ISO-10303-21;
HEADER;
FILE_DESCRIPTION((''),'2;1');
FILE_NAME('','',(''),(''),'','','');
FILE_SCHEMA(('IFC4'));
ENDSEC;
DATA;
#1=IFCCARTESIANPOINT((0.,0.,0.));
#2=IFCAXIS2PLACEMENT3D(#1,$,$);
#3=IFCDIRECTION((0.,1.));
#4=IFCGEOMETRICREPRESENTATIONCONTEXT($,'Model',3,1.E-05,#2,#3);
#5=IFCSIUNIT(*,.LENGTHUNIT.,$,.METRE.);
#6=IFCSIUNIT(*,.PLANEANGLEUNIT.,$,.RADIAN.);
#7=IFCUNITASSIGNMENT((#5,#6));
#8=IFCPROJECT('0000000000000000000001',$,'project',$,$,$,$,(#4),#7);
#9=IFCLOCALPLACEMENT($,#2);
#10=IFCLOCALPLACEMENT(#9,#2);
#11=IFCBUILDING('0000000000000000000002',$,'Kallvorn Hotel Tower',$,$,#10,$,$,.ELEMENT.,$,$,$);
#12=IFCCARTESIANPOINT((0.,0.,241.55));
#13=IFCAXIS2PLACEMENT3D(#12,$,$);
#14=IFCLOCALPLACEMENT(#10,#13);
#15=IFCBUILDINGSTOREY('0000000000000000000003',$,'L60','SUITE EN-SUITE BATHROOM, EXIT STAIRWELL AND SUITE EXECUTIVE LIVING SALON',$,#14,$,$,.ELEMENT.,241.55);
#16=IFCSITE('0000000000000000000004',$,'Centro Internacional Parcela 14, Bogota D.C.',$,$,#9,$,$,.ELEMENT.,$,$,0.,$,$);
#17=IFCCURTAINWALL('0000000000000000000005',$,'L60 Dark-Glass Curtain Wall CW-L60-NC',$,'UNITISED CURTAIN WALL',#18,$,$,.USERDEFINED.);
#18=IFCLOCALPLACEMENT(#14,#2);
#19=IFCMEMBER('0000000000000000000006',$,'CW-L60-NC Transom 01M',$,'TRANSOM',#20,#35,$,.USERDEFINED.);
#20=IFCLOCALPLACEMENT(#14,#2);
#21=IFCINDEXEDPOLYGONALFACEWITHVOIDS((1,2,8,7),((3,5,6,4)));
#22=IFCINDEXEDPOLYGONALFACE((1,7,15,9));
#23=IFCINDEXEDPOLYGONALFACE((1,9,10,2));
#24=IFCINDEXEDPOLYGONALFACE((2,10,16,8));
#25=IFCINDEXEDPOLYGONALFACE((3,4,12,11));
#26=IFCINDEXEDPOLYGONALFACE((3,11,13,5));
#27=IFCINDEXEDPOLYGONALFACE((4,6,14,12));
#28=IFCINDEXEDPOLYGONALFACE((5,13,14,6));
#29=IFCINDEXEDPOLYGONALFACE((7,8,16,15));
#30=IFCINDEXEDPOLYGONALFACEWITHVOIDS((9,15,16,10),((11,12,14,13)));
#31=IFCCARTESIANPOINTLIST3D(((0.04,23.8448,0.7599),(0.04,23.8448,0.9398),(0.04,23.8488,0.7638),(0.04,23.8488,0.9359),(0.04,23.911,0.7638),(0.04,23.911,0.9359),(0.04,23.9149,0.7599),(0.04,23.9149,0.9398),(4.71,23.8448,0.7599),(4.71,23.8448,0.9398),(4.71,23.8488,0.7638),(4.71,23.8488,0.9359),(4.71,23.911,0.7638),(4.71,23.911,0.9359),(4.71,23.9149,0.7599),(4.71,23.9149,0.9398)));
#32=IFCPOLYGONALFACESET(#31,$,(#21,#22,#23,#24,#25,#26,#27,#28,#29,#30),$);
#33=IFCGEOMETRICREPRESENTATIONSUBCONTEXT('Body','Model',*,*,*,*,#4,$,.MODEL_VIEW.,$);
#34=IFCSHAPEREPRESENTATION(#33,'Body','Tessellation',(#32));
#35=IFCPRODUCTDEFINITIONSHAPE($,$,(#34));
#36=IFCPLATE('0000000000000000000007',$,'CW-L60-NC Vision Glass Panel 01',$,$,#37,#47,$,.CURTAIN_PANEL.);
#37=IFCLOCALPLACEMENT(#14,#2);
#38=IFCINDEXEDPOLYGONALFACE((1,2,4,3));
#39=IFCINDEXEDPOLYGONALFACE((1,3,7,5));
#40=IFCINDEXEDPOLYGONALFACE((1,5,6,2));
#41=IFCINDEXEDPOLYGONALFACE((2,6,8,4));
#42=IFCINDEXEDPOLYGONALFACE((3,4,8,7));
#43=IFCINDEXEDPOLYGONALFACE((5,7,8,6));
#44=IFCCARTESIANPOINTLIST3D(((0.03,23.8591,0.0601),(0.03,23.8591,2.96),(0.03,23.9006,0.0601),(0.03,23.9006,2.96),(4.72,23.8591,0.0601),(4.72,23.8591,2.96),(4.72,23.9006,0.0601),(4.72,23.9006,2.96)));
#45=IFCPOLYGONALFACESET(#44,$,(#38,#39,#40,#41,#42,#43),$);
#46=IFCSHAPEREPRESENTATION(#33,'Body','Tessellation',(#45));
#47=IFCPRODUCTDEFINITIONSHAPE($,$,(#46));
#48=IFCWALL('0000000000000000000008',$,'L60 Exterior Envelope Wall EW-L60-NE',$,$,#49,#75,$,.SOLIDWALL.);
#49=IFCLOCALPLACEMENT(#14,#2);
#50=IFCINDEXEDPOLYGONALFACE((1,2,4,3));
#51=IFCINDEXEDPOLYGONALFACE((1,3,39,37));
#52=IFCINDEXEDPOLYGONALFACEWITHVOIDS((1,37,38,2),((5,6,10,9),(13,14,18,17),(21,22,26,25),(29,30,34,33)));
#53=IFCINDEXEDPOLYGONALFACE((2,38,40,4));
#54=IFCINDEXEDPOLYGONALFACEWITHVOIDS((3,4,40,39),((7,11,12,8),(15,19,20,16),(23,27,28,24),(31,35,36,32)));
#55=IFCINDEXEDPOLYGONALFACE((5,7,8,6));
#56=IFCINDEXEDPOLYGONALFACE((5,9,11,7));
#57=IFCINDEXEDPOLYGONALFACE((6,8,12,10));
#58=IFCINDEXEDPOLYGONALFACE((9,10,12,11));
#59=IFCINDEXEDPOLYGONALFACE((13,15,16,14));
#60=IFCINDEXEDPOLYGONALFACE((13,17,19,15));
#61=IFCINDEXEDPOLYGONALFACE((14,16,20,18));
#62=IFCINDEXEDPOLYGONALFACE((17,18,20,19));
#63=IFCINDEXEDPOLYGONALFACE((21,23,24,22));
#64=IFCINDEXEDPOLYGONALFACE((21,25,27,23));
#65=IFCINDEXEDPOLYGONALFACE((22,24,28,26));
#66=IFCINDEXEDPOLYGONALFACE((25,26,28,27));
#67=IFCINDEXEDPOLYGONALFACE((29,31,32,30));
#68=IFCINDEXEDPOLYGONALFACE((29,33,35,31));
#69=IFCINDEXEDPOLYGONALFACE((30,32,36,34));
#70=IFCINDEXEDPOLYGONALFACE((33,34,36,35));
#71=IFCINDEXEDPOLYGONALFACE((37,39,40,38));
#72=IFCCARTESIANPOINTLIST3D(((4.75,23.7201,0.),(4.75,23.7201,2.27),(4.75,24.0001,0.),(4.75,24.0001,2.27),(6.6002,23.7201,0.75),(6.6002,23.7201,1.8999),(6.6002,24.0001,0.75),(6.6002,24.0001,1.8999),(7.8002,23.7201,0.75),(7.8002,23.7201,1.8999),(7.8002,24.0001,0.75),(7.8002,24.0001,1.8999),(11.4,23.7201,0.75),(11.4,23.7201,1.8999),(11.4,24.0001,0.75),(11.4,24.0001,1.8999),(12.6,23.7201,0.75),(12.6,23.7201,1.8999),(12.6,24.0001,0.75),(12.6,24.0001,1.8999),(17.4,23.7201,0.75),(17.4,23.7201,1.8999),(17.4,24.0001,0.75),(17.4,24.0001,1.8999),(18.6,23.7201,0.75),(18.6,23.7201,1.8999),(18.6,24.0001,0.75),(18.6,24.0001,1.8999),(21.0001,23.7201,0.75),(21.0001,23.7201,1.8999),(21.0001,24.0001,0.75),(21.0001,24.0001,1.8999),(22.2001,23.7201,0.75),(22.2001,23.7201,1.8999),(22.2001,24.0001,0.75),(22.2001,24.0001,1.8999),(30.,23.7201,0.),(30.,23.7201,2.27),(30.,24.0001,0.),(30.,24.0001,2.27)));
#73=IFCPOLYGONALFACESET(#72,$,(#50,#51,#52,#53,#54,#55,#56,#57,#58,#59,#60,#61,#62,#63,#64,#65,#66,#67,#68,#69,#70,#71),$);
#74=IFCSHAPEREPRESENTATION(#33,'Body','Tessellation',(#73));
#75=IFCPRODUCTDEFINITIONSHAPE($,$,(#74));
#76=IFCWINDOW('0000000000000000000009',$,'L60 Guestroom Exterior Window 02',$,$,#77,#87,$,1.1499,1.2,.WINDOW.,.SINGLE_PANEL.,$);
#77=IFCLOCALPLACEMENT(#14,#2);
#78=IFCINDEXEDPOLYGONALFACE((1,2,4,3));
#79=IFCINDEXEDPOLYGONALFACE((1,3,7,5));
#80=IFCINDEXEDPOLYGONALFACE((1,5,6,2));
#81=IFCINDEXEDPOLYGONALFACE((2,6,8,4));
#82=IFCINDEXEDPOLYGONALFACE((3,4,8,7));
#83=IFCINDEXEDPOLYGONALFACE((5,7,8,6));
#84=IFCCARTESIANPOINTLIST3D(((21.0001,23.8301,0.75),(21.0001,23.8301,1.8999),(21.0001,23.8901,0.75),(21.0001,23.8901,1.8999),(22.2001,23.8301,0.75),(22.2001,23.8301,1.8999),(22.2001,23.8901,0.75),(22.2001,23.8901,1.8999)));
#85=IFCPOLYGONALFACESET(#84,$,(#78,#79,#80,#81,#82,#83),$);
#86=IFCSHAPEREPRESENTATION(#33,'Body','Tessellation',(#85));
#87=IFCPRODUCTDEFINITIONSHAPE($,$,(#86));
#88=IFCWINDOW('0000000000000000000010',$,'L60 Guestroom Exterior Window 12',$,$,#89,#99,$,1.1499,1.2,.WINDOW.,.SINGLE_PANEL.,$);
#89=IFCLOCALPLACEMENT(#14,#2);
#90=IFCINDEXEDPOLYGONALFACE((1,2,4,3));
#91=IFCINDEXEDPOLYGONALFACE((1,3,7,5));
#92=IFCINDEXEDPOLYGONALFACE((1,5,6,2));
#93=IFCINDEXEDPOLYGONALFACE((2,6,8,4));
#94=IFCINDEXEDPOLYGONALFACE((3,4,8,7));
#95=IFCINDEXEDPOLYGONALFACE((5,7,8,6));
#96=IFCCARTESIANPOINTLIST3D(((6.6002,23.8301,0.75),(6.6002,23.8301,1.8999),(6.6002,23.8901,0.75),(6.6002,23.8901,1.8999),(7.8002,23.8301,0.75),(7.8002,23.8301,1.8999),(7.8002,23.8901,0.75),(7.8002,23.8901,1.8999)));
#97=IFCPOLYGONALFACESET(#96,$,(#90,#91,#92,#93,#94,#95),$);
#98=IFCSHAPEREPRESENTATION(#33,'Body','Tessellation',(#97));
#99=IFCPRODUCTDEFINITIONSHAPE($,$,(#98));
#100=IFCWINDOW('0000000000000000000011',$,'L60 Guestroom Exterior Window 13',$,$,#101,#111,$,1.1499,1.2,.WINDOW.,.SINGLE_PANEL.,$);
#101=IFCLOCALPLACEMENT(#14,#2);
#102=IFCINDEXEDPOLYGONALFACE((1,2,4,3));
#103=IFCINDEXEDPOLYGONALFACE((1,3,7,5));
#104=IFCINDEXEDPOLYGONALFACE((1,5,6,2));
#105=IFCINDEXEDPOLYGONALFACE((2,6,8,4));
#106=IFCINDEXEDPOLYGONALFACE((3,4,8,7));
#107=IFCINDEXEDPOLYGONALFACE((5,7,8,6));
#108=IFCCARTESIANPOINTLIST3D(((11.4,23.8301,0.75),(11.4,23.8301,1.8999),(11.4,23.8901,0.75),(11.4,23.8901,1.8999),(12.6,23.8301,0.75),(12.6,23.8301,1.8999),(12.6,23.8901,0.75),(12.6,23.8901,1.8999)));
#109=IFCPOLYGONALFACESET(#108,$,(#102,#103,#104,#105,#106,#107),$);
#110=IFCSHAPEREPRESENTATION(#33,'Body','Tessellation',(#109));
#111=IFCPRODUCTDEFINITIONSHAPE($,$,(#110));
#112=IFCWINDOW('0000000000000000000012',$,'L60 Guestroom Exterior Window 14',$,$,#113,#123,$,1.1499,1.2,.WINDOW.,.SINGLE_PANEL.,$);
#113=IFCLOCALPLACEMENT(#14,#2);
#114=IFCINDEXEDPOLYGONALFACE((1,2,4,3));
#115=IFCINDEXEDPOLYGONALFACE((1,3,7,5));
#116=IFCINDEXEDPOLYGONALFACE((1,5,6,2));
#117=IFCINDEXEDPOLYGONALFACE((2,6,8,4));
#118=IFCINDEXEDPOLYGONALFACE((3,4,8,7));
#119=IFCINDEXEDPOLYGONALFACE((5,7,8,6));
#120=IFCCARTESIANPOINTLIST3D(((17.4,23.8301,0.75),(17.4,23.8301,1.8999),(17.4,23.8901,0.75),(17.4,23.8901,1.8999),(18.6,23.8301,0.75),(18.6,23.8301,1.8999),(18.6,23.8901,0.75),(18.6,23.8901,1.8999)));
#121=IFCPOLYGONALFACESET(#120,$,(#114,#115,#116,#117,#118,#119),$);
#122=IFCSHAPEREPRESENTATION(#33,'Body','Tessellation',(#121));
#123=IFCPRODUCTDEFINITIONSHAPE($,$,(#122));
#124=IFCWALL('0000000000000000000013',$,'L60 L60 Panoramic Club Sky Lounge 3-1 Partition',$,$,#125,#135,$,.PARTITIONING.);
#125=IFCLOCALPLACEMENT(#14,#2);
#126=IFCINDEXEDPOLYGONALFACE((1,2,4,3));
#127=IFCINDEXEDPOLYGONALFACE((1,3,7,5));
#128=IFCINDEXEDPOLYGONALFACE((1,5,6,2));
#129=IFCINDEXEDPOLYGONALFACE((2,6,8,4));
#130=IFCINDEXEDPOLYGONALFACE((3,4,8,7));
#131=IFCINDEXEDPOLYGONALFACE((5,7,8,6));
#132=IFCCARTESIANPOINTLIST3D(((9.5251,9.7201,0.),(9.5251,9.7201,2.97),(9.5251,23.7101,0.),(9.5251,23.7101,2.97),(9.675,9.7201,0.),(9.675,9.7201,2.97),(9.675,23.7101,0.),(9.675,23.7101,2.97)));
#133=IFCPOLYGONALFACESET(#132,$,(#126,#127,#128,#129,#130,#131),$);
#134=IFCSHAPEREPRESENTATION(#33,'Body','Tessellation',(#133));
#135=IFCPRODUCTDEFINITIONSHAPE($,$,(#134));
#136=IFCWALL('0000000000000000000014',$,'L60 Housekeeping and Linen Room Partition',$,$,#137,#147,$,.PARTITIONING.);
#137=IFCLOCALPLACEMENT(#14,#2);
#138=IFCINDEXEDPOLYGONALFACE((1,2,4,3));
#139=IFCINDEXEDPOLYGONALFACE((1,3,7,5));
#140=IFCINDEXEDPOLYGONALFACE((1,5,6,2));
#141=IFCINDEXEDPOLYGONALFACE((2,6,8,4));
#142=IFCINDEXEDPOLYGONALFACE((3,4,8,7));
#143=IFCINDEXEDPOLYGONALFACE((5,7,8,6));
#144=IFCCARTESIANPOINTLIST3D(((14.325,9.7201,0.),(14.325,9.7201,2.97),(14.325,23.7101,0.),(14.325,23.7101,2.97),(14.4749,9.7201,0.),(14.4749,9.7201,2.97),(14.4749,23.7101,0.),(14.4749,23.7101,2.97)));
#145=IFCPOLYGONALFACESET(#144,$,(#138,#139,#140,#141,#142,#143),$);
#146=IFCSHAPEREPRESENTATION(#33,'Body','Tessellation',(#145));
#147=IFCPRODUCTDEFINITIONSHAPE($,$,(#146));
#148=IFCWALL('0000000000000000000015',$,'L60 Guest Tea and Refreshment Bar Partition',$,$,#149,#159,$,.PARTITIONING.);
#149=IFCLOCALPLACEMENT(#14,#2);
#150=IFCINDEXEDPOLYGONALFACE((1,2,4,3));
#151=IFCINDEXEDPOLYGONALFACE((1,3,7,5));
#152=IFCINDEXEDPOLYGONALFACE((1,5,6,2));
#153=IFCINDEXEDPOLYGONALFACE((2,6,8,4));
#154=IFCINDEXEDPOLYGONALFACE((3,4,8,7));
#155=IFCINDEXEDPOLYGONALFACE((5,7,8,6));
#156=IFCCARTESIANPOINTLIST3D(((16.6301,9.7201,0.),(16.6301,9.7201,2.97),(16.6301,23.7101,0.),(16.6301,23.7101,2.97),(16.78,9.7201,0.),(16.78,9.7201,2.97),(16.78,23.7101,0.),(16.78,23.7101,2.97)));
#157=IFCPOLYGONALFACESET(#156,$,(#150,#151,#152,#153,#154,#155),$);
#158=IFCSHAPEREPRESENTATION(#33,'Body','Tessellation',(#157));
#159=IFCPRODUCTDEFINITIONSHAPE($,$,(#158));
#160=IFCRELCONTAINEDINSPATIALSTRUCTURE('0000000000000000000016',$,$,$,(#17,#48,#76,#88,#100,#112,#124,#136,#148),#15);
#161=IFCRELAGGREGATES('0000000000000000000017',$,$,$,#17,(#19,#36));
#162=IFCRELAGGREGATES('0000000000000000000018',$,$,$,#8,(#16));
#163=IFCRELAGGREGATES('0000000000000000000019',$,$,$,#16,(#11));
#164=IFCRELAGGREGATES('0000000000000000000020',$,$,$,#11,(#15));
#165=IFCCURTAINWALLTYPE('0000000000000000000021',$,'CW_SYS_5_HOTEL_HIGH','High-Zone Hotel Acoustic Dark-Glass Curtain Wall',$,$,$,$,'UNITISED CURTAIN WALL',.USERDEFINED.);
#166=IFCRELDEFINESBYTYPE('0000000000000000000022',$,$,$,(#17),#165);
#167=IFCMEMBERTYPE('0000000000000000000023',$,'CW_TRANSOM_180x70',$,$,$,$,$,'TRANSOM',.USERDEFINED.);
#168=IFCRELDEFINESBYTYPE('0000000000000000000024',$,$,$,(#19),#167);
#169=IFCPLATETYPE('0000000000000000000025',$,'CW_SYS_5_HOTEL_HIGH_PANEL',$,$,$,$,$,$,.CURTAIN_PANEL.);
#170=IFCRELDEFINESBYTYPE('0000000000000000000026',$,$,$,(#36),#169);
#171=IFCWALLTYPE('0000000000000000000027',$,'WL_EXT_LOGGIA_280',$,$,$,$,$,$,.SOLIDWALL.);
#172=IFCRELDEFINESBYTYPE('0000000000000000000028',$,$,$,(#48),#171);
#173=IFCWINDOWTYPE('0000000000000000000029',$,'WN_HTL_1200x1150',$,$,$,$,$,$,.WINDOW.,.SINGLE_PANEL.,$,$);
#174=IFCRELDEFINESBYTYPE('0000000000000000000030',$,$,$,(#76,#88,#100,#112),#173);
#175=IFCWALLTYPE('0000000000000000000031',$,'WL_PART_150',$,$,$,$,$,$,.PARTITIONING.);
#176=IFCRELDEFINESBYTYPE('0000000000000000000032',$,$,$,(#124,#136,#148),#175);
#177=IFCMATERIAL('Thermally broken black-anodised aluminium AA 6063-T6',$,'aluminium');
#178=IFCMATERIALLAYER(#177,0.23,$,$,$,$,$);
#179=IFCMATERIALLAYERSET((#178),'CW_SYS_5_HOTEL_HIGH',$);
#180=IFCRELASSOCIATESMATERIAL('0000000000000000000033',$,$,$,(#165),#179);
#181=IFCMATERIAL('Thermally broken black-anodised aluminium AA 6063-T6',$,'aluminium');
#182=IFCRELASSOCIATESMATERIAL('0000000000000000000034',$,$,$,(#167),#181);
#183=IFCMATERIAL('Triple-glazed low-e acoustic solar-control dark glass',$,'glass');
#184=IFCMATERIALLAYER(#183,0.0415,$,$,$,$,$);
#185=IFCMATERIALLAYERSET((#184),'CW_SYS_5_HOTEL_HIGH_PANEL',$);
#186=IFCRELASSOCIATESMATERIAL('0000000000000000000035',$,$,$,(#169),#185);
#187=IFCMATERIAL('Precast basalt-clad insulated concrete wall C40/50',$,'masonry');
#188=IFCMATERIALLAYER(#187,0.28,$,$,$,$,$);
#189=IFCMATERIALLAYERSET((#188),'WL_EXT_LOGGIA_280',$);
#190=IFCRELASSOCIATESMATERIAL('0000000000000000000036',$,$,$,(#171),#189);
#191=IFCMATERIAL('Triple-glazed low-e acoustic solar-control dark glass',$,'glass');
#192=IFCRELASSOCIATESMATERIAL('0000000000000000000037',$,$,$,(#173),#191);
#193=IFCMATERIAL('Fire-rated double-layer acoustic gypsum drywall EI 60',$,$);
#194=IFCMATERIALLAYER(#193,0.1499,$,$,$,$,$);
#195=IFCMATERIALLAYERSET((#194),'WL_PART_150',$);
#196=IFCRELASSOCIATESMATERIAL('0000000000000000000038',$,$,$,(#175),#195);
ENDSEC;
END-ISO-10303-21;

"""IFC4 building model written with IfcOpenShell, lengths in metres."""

from ifc_helpers import new_model, si_unit, direction, frame, frame_2d, origin, origin_2d, place, context, subcontext, project, spatial, rectangle, hollow_rectangle, extrude, material, layer, layer_set, material_profile, profile_set, type_object, element, fill, aggregate, save


model = new_model("IFC4")

# Units and contexts
model_context = context("Model", 3, precision=1e-05, world=origin(), true_north=direction((0.0, 1.0)))
body_context = subcontext(model_context, "Body", "Model", "MODEL_VIEW")
ifc_project = project(units=[si_unit("LENGTHUNIT", "METRE"), si_unit("PLANEANGLEUNIT", "RADIAN")], contexts=[model_context])

# Site, building, storey
site_placement = place(None, origin())
site = spatial("IfcSite", under=ifc_project, at=site_placement, Name="Centro Internacional Parcela 14, Bogota D.C.", CompositionType="ELEMENT", RefElevation=0.0)
building_placement = place(site_placement, origin())
building = spatial("IfcBuilding", under=site, at=building_placement, Name="Kallvorn Hotel Tower", CompositionType="ELEMENT")
storey_placement = place(building_placement, frame((0.0, 0.0, 241.55)))
storey = spatial("IfcBuildingStorey", under=building, at=storey_placement, Name="L60", Description="SUITE EN-SUITE BATHROOM, EXIT STAIRWELL AND SUITE EXECUTIVE LIVING SALON", CompositionType="ELEMENT", Elevation=241.55)

# Curtain wall, member, plate
ifc_material_1 = material(Name="Thermally broken black-anodised aluminium AA 6063-T6", Category="aluminium")
ifc_layer_1 = layer(ifc_material_1, 0.23)
ifc_layer_set_1 = layer_set([ifc_layer_1], Name="CW_SYS_5_HOTEL_HIGH")
curtain_wall_type = type_object("IfcCurtainWallType", Name="CW_SYS_5_HOTEL_HIGH", Description="High-Zone Hotel Acoustic Dark-Glass Curtain Wall", ElementType="UNITISED CURTAIN WALL", PredefinedType="USERDEFINED", material=ifc_layer_set_1)
curtain_wall_placement = place(storey_placement, origin())
curtain_wall = element("IfcCurtainWall", 1, at=curtain_wall_placement, inside=storey, type_object=curtain_wall_type, Name="L60 Dark-Glass Curtain Wall CW-L60-NC", ObjectType="UNITISED CURTAIN WALL", PredefinedType="USERDEFINED")
ifc_material_2 = material(Name="Thermally broken black-anodised aluminium AA 6063-T6", Category="aluminium")
ifc_material_profile_1 = material_profile(ifc_material_2, hollow_rectangle(XDim=0.0701, YDim=0.1799, WallThickness=0.0039, at=origin_2d()), Name="TRN 180x70")
ifc_profile_set_1 = profile_set([ifc_material_profile_1], Name="Thermally broken black-anodised aluminium AA 6063-T6")
member_type_1 = type_object("IfcMemberType", Name="CW_TRANSOM_180x70", ElementType="TRANSOM", PredefinedType="USERDEFINED", material=ifc_profile_set_1)
member_1_placement = place(storey_placement, frame((0.04, 23.8799, 0.8499), z_axis=(1.0, 0.0, 0.0), x_axis=(0.0, 1.0, 0.0)))
member_1 = element("IfcMember", 2, at=member_1_placement, type_object=member_type_1, Name="CW-L60-NC Transom 01M", ObjectType="TRANSOM", PredefinedType="USERDEFINED", context=body_context, shape_type="SweptSolid", body=[
    extrude(hollow_rectangle(XDim=0.0701, YDim=0.1799, WallThickness=0.0039, at=origin_2d()), origin(), (0.0, 0.0, 1.0), 4.6699),
])
ifc_material_3 = material(Name="Triple-glazed low-e acoustic solar-control dark glass", Category="glass")
ifc_layer_2 = layer(ifc_material_3, 0.0415)
ifc_layer_set_2 = layer_set([ifc_layer_2], Name="CW_SYS_5_HOTEL_HIGH_PANEL")
plate_type = type_object("IfcPlateType", Name="CW_SYS_5_HOTEL_HIGH_PANEL", PredefinedType="CURTAIN_PANEL", material=ifc_layer_set_2)
plate_placement = place(storey_placement, frame((2.375, 23.8799, 0.0601), z_axis=(0.0, 0.0, 1.0), x_axis=(1.0, 0.0, 0.0)))
plate = element("IfcPlate", 3, at=plate_placement, type_object=plate_type, Name="CW-L60-NC Vision Glass Panel 01", PredefinedType="CURTAIN_PANEL", context=body_context, shape_type="SweptSolid", body=[
    extrude(rectangle(XDim=4.6899, YDim=0.0415, at=origin_2d()), origin(), (0.0, 0.0, 1.0), 2.8999),
])
aggregate(curtain_wall, [member_1, plate])

# Wall, openings, windows
ifc_material_4 = material(Name="Precast basalt-clad insulated concrete wall C40/50", Category="masonry")
ifc_layer_3 = layer(ifc_material_4, 0.28)
ifc_layer_set_3 = layer_set([ifc_layer_3], Name="WL_EXT_LOGGIA_280")
wall_type_1 = type_object("IfcWallType", Name="WL_EXT_LOGGIA_280", PredefinedType="SOLIDWALL", material=ifc_layer_set_3)
wall_placement = place(storey_placement, frame((4.75, 23.8601, 0.0), z_axis=(0.0, 0.0, 1.0), x_axis=(1.0, 0.0, 0.0)))
wall = element("IfcWall", 4, at=wall_placement, inside=storey, type_object=wall_type_1, Name="L60 Exterior Envelope Wall EW-L60-NE", PredefinedType="SOLIDWALL", context=body_context, shape_type="SweptSolid", body=[
    extrude(rectangle(XDim=25.25, YDim=0.28, at=frame_2d((12.625, 0.0))), origin(), (0.0, 0.0, 1.0), 2.27),
])
opening_1_placement = place(wall_placement, frame((16.25, 0.0, 0.75)))
opening_1 = element("IfcOpeningElement", 5, at=opening_1_placement, cuts=wall, PredefinedType="OPENING", context=body_context, shape_type="SweptSolid", body=[
    extrude(rectangle(XDim=1.2, YDim=1.1499, at=frame_2d((0.6001, 0.575))), frame((0.0, 0.155, 0.0), z_axis=(0.0, -1.0, 0.0), x_axis=(1.0, 0.0, 0.0)), (0.0, 0.0, 1.0), 0.3101),
])
opening_2_placement = place(wall_placement, frame((1.8501, 0.0, 0.75)))
opening_2 = element("IfcOpeningElement", 6, at=opening_2_placement, cuts=wall, PredefinedType="OPENING", context=body_context, shape_type="SweptSolid", body=[
    extrude(rectangle(XDim=1.2, YDim=1.1499, at=frame_2d((0.6001, 0.575))), frame((0.0, 0.155, 0.0), z_axis=(0.0, -1.0, 0.0), x_axis=(1.0, 0.0, 0.0)), (0.0, 0.0, 1.0), 0.3101),
])
opening_3_placement = place(wall_placement, frame((6.6499, 0.0, 0.75)))
opening_3 = element("IfcOpeningElement", 7, at=opening_3_placement, cuts=wall, PredefinedType="OPENING", context=body_context, shape_type="SweptSolid", body=[
    extrude(rectangle(XDim=1.2, YDim=1.1499, at=frame_2d((0.6001, 0.575))), frame((0.0, 0.155, 0.0), z_axis=(0.0, -1.0, 0.0), x_axis=(1.0, 0.0, 0.0)), (0.0, 0.0, 1.0), 0.3101),
])
opening_4_placement = place(wall_placement, frame((12.6499, 0.0, 0.75)))
opening_4 = element("IfcOpeningElement", 8, at=opening_4_placement, cuts=wall, PredefinedType="OPENING", context=body_context, shape_type="SweptSolid", body=[
    extrude(rectangle(XDim=1.2, YDim=1.1499, at=frame_2d((0.6001, 0.575))), frame((0.0, 0.155, 0.0), z_axis=(0.0, -1.0, 0.0), x_axis=(1.0, 0.0, 0.0)), (0.0, 0.0, 1.0), 0.3101),
])
ifc_material_5 = material(Name="Triple-glazed low-e acoustic solar-control dark glass", Category="glass")
window_type = type_object("IfcWindowType", Name="WN_HTL_1200x1150", PartitioningType="SINGLE_PANEL", PredefinedType="WINDOW", material=ifc_material_5)
window_1_placement = place(opening_1_placement, origin())
window_1 = element("IfcWindow", 9, at=window_1_placement, inside=storey, type_object=window_type, Name="L60 Guestroom Exterior Window 02", OverallHeight=1.1499, OverallWidth=1.2, PartitioningType="SINGLE_PANEL", PredefinedType="WINDOW", context=body_context, shape_type="SweptSolid", body=[
    extrude(rectangle(XDim=1.2, YDim=1.1499, at=frame_2d((0.6001, 0.575))), frame((0.0, 0.03, 0.0), z_axis=(0.0, -1.0, 0.0), x_axis=(1.0, 0.0, 0.0)), (0.0, 0.0, 1.0), 0.0601),
])
fill(opening_1, window_1)
window_2_placement = place(opening_2_placement, origin())
window_2 = element("IfcWindow", 10, at=window_2_placement, inside=storey, type_object=window_type, Name="L60 Guestroom Exterior Window 12", OverallHeight=1.1499, OverallWidth=1.2, PartitioningType="SINGLE_PANEL", PredefinedType="WINDOW", context=body_context, shape_type="SweptSolid", body=[
    extrude(rectangle(XDim=1.2, YDim=1.1499, at=frame_2d((0.6001, 0.575))), frame((0.0, 0.03, 0.0), z_axis=(0.0, -1.0, 0.0), x_axis=(1.0, 0.0, 0.0)), (0.0, 0.0, 1.0), 0.0601),
])
fill(opening_2, window_2)
window_3_placement = place(opening_3_placement, origin())
window_3 = element("IfcWindow", 11, at=window_3_placement, inside=storey, type_object=window_type, Name="L60 Guestroom Exterior Window 13", OverallHeight=1.1499, OverallWidth=1.2, PartitioningType="SINGLE_PANEL", PredefinedType="WINDOW", context=body_context, shape_type="SweptSolid", body=[
    extrude(rectangle(XDim=1.2, YDim=1.1499, at=frame_2d((0.6001, 0.575))), frame((0.0, 0.03, 0.0), z_axis=(0.0, -1.0, 0.0), x_axis=(1.0, 0.0, 0.0)), (0.0, 0.0, 1.0), 0.0601),
])
fill(opening_3, window_3)
window_4_placement = place(opening_4_placement, origin())
window_4 = element("IfcWindow", 12, at=window_4_placement, inside=storey, type_object=window_type, Name="L60 Guestroom Exterior Window 14", OverallHeight=1.1499, OverallWidth=1.2, PartitioningType="SINGLE_PANEL", PredefinedType="WINDOW", context=body_context, shape_type="SweptSolid", body=[
    extrude(rectangle(XDim=1.2, YDim=1.1499, at=frame_2d((0.6001, 0.575))), frame((0.0, 0.03, 0.0), z_axis=(0.0, -1.0, 0.0), x_axis=(1.0, 0.0, 0.0)), (0.0, 0.0, 1.0), 0.0601),
])
fill(opening_4, window_4)

# Walls
ifc_material_6 = material(Name="Fire-rated double-layer acoustic gypsum drywall EI 60")
ifc_layer_4 = layer(ifc_material_6, 0.1499)
ifc_layer_set_4 = layer_set([ifc_layer_4], Name="WL_PART_150")
wall_type_2 = type_object("IfcWallType", Name="WL_PART_150", PredefinedType="PARTITIONING", material=ifc_layer_set_4)
for number, where, z_axis, x_axis, name in (
    (13, (9.6001, 9.72, 0.0), (0.0, 0.0, 1.0), (0.0, 1.0, 0.0), "L60 L60 Panoramic Club Sky Lounge 3-1 Partition"),
    (14, (14.3999, 9.72, 0.0), (0.0, 0.0, 1.0), (0.0, 1.0, 0.0), "L60 Housekeeping and Linen Room Partition"),
    (15, (16.7051, 9.72, 0.0), (0.0, 0.0, 1.0), (0.0, 1.0, 0.0), "L60 Guest Tea and Refreshment Bar Partition"),
):
    element("IfcWall", number, at=place(storey_placement, frame(where, z_axis=z_axis, x_axis=x_axis)), inside=storey, type_object=wall_type_2, Name=name, PredefinedType="PARTITIONING", context=body_context, shape_type="SweptSolid", body=[
        extrude(rectangle(XDim=13.99, YDim=0.1499, at=frame_2d((6.9951, 0.0))), origin(), (0.0, 0.0, 1.0), 2.97),
    ])

save(model, "model.ifc")
